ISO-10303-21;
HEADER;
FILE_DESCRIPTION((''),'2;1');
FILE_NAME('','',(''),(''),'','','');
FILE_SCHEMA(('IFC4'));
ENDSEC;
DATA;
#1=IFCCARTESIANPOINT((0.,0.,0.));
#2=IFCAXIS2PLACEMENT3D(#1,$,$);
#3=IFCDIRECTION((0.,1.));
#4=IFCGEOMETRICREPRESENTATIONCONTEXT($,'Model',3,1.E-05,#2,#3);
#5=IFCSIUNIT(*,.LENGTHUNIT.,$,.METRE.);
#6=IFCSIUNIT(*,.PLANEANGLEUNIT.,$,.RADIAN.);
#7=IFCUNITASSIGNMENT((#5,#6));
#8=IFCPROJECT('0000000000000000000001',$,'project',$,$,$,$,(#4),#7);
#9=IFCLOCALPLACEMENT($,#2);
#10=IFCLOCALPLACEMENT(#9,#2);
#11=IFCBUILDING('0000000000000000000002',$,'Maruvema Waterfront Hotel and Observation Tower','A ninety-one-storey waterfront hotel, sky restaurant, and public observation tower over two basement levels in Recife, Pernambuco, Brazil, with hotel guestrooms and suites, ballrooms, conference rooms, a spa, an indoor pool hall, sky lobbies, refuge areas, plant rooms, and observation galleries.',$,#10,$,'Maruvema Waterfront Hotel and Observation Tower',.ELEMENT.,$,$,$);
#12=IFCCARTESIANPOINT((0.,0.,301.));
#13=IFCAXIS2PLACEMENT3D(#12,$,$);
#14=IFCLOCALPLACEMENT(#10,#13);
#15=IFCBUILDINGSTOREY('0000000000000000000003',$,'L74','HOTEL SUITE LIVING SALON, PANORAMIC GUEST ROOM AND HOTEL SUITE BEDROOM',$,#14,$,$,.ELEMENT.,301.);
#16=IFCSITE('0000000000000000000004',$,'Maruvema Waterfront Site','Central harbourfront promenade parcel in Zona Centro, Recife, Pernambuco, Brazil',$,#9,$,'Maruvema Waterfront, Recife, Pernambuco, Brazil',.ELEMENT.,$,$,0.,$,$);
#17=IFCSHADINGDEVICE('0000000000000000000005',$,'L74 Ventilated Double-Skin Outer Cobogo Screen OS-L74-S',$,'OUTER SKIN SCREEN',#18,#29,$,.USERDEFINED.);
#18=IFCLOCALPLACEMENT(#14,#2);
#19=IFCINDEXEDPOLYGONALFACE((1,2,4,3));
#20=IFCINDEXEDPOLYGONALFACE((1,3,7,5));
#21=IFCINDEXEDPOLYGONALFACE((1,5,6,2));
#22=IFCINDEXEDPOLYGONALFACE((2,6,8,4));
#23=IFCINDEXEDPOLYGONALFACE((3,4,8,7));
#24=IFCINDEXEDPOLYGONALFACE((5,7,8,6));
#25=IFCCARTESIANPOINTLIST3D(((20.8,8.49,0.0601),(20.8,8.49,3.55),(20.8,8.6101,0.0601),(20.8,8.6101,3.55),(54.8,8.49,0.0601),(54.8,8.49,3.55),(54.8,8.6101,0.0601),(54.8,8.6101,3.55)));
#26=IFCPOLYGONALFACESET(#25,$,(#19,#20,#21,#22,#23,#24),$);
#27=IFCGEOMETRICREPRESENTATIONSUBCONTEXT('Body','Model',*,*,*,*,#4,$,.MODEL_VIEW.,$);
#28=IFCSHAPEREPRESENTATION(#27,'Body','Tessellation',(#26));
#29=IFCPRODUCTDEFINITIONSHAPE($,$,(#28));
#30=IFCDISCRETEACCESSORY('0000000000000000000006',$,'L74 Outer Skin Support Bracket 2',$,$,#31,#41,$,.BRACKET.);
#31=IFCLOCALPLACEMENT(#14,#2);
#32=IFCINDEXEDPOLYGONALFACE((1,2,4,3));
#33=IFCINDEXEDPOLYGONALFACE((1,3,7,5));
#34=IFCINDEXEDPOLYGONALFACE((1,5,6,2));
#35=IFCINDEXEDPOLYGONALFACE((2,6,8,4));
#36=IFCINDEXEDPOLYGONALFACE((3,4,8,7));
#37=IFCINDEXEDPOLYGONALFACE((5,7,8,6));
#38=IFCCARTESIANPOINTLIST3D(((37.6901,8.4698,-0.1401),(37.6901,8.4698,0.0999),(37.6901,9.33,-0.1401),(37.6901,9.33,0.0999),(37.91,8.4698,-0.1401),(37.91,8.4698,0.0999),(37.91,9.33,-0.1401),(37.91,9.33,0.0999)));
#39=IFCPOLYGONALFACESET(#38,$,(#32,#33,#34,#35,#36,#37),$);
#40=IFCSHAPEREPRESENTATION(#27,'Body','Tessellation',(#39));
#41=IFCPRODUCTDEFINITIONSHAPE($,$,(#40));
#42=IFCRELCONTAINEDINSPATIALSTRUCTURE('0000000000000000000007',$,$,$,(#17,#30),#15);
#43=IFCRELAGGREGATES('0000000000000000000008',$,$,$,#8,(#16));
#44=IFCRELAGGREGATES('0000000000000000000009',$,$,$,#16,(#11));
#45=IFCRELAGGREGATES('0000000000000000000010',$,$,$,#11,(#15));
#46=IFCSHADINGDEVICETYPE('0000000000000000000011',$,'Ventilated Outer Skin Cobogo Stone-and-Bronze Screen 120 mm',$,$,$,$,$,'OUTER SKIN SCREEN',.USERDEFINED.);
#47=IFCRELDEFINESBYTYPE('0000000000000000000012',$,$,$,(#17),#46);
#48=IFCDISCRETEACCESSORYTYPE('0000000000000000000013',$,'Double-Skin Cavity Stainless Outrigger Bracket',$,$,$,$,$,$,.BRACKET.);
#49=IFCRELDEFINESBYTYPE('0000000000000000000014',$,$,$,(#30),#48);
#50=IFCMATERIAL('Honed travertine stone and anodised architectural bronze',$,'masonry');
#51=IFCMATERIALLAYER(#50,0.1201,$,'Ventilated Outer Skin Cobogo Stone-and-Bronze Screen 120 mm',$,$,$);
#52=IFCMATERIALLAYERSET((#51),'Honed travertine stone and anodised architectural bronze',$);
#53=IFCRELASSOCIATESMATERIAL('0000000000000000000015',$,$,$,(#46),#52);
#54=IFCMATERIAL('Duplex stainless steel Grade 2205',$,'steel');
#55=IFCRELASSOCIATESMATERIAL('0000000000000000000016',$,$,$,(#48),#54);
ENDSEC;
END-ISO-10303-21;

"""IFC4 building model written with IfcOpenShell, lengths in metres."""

from ifc_helpers import new_model, si_unit, direction, frame, origin, origin_2d, place, context, subcontext, project, spatial, rectangle, extrude, material, layer, layer_set, type_object, element, save


model = new_model("IFC4")

# Units and contexts
model_context = context("Model", 3, precision=1e-05, world=origin(), true_north=direction((0.0, 1.0)))
body_context = subcontext(model_context, "Body", "Model", "MODEL_VIEW")
ifc_project = project(units=[si_unit("LENGTHUNIT", "METRE"), si_unit("PLANEANGLEUNIT", "RADIAN")], contexts=[model_context])

# Site, building, storey
site_placement = place(None, origin())
site = spatial("IfcSite", under=ifc_project, at=site_placement, Name="Maruvema Waterfront Site", Description="Central harbourfront promenade parcel in Zona Centro, Recife, Pernambuco, Brazil", LongName="Maruvema Waterfront, Recife, Pernambuco, Brazil", CompositionType="ELEMENT", RefElevation=0.0)
building_placement = place(site_placement, origin())
building = spatial("IfcBuilding", under=site, at=building_placement, Name="Maruvema Waterfront Hotel and Observation Tower", Description="A ninety-one-storey waterfront hotel, sky restaurant, and public observation tower over two basement levels in Recife, Pernambuco, Brazil, with hotel guestrooms and suites, ballrooms, conference rooms, a spa, an indoor pool hall, sky lobbies, refuge areas, plant rooms, and observation galleries.", LongName="Maruvema Waterfront Hotel and Observation Tower", CompositionType="ELEMENT")
storey_placement = place(building_placement, frame((0.0, 0.0, 301.0)))
storey = spatial("IfcBuildingStorey", under=building, at=storey_placement, Name="L74", Description="HOTEL SUITE LIVING SALON, PANORAMIC GUEST ROOM AND HOTEL SUITE BEDROOM", CompositionType="ELEMENT", Elevation=301.0)

# Shading device
ifc_material_1 = material(Name="Honed travertine stone and anodised architectural bronze", Category="masonry")
ifc_layer_1 = layer(ifc_material_1, 0.1201, Name="Ventilated Outer Skin Cobogo Stone-and-Bronze Screen 120 mm")
ifc_layer_set_1 = layer_set([ifc_layer_1], Name="Honed travertine stone and anodised architectural bronze")
shading_device_type = type_object("IfcShadingDeviceType", Name="Ventilated Outer Skin Cobogo Stone-and-Bronze Screen 120 mm", ElementType="OUTER SKIN SCREEN", PredefinedType="USERDEFINED", material=ifc_layer_set_1)
shading_device_placement = place(storey_placement, frame((37.8, 8.55, 0.0601), z_axis=(0.0, 0.0, 1.0), x_axis=(1.0, 0.0, 0.0)))
element("IfcShadingDevice", 1, at=shading_device_placement, inside=storey, type_object=shading_device_type, Name="L74 Ventilated Double-Skin Outer Cobogo Screen OS-L74-S", ObjectType="OUTER SKIN SCREEN", PredefinedType="USERDEFINED", context=body_context, shape_type="SweptSolid", body=[
    extrude(rectangle(XDim=34.0, YDim=0.1201, at=origin_2d()), origin(), (0.0, 0.0, 1.0), 3.49),
])

# Discrete accessory
ifc_material_2 = material(Name="Duplex stainless steel Grade 2205", Category="steel")
discrete_accessory_type = type_object("IfcDiscreteAccessoryType", Name="Double-Skin Cavity Stainless Outrigger Bracket", PredefinedType="BRACKET", material=ifc_material_2)
discrete_accessory_placement = place(storey_placement, frame((37.8, 8.8999, -0.1401), z_axis=(0.0, 0.0, 1.0), x_axis=(1.0, 0.0, 0.0)))
element("IfcDiscreteAccessory", 2, at=discrete_accessory_placement, inside=storey, type_object=discrete_accessory_type, Name="L74 Outer Skin Support Bracket 2", PredefinedType="BRACKET", context=body_context, shape_type="SweptSolid", body=[
    extrude(rectangle(XDim=0.22, YDim=0.8601, at=origin_2d()), origin(), (0.0, 0.0, 1.0), 0.24),
])

save(model, "model.ifc")
